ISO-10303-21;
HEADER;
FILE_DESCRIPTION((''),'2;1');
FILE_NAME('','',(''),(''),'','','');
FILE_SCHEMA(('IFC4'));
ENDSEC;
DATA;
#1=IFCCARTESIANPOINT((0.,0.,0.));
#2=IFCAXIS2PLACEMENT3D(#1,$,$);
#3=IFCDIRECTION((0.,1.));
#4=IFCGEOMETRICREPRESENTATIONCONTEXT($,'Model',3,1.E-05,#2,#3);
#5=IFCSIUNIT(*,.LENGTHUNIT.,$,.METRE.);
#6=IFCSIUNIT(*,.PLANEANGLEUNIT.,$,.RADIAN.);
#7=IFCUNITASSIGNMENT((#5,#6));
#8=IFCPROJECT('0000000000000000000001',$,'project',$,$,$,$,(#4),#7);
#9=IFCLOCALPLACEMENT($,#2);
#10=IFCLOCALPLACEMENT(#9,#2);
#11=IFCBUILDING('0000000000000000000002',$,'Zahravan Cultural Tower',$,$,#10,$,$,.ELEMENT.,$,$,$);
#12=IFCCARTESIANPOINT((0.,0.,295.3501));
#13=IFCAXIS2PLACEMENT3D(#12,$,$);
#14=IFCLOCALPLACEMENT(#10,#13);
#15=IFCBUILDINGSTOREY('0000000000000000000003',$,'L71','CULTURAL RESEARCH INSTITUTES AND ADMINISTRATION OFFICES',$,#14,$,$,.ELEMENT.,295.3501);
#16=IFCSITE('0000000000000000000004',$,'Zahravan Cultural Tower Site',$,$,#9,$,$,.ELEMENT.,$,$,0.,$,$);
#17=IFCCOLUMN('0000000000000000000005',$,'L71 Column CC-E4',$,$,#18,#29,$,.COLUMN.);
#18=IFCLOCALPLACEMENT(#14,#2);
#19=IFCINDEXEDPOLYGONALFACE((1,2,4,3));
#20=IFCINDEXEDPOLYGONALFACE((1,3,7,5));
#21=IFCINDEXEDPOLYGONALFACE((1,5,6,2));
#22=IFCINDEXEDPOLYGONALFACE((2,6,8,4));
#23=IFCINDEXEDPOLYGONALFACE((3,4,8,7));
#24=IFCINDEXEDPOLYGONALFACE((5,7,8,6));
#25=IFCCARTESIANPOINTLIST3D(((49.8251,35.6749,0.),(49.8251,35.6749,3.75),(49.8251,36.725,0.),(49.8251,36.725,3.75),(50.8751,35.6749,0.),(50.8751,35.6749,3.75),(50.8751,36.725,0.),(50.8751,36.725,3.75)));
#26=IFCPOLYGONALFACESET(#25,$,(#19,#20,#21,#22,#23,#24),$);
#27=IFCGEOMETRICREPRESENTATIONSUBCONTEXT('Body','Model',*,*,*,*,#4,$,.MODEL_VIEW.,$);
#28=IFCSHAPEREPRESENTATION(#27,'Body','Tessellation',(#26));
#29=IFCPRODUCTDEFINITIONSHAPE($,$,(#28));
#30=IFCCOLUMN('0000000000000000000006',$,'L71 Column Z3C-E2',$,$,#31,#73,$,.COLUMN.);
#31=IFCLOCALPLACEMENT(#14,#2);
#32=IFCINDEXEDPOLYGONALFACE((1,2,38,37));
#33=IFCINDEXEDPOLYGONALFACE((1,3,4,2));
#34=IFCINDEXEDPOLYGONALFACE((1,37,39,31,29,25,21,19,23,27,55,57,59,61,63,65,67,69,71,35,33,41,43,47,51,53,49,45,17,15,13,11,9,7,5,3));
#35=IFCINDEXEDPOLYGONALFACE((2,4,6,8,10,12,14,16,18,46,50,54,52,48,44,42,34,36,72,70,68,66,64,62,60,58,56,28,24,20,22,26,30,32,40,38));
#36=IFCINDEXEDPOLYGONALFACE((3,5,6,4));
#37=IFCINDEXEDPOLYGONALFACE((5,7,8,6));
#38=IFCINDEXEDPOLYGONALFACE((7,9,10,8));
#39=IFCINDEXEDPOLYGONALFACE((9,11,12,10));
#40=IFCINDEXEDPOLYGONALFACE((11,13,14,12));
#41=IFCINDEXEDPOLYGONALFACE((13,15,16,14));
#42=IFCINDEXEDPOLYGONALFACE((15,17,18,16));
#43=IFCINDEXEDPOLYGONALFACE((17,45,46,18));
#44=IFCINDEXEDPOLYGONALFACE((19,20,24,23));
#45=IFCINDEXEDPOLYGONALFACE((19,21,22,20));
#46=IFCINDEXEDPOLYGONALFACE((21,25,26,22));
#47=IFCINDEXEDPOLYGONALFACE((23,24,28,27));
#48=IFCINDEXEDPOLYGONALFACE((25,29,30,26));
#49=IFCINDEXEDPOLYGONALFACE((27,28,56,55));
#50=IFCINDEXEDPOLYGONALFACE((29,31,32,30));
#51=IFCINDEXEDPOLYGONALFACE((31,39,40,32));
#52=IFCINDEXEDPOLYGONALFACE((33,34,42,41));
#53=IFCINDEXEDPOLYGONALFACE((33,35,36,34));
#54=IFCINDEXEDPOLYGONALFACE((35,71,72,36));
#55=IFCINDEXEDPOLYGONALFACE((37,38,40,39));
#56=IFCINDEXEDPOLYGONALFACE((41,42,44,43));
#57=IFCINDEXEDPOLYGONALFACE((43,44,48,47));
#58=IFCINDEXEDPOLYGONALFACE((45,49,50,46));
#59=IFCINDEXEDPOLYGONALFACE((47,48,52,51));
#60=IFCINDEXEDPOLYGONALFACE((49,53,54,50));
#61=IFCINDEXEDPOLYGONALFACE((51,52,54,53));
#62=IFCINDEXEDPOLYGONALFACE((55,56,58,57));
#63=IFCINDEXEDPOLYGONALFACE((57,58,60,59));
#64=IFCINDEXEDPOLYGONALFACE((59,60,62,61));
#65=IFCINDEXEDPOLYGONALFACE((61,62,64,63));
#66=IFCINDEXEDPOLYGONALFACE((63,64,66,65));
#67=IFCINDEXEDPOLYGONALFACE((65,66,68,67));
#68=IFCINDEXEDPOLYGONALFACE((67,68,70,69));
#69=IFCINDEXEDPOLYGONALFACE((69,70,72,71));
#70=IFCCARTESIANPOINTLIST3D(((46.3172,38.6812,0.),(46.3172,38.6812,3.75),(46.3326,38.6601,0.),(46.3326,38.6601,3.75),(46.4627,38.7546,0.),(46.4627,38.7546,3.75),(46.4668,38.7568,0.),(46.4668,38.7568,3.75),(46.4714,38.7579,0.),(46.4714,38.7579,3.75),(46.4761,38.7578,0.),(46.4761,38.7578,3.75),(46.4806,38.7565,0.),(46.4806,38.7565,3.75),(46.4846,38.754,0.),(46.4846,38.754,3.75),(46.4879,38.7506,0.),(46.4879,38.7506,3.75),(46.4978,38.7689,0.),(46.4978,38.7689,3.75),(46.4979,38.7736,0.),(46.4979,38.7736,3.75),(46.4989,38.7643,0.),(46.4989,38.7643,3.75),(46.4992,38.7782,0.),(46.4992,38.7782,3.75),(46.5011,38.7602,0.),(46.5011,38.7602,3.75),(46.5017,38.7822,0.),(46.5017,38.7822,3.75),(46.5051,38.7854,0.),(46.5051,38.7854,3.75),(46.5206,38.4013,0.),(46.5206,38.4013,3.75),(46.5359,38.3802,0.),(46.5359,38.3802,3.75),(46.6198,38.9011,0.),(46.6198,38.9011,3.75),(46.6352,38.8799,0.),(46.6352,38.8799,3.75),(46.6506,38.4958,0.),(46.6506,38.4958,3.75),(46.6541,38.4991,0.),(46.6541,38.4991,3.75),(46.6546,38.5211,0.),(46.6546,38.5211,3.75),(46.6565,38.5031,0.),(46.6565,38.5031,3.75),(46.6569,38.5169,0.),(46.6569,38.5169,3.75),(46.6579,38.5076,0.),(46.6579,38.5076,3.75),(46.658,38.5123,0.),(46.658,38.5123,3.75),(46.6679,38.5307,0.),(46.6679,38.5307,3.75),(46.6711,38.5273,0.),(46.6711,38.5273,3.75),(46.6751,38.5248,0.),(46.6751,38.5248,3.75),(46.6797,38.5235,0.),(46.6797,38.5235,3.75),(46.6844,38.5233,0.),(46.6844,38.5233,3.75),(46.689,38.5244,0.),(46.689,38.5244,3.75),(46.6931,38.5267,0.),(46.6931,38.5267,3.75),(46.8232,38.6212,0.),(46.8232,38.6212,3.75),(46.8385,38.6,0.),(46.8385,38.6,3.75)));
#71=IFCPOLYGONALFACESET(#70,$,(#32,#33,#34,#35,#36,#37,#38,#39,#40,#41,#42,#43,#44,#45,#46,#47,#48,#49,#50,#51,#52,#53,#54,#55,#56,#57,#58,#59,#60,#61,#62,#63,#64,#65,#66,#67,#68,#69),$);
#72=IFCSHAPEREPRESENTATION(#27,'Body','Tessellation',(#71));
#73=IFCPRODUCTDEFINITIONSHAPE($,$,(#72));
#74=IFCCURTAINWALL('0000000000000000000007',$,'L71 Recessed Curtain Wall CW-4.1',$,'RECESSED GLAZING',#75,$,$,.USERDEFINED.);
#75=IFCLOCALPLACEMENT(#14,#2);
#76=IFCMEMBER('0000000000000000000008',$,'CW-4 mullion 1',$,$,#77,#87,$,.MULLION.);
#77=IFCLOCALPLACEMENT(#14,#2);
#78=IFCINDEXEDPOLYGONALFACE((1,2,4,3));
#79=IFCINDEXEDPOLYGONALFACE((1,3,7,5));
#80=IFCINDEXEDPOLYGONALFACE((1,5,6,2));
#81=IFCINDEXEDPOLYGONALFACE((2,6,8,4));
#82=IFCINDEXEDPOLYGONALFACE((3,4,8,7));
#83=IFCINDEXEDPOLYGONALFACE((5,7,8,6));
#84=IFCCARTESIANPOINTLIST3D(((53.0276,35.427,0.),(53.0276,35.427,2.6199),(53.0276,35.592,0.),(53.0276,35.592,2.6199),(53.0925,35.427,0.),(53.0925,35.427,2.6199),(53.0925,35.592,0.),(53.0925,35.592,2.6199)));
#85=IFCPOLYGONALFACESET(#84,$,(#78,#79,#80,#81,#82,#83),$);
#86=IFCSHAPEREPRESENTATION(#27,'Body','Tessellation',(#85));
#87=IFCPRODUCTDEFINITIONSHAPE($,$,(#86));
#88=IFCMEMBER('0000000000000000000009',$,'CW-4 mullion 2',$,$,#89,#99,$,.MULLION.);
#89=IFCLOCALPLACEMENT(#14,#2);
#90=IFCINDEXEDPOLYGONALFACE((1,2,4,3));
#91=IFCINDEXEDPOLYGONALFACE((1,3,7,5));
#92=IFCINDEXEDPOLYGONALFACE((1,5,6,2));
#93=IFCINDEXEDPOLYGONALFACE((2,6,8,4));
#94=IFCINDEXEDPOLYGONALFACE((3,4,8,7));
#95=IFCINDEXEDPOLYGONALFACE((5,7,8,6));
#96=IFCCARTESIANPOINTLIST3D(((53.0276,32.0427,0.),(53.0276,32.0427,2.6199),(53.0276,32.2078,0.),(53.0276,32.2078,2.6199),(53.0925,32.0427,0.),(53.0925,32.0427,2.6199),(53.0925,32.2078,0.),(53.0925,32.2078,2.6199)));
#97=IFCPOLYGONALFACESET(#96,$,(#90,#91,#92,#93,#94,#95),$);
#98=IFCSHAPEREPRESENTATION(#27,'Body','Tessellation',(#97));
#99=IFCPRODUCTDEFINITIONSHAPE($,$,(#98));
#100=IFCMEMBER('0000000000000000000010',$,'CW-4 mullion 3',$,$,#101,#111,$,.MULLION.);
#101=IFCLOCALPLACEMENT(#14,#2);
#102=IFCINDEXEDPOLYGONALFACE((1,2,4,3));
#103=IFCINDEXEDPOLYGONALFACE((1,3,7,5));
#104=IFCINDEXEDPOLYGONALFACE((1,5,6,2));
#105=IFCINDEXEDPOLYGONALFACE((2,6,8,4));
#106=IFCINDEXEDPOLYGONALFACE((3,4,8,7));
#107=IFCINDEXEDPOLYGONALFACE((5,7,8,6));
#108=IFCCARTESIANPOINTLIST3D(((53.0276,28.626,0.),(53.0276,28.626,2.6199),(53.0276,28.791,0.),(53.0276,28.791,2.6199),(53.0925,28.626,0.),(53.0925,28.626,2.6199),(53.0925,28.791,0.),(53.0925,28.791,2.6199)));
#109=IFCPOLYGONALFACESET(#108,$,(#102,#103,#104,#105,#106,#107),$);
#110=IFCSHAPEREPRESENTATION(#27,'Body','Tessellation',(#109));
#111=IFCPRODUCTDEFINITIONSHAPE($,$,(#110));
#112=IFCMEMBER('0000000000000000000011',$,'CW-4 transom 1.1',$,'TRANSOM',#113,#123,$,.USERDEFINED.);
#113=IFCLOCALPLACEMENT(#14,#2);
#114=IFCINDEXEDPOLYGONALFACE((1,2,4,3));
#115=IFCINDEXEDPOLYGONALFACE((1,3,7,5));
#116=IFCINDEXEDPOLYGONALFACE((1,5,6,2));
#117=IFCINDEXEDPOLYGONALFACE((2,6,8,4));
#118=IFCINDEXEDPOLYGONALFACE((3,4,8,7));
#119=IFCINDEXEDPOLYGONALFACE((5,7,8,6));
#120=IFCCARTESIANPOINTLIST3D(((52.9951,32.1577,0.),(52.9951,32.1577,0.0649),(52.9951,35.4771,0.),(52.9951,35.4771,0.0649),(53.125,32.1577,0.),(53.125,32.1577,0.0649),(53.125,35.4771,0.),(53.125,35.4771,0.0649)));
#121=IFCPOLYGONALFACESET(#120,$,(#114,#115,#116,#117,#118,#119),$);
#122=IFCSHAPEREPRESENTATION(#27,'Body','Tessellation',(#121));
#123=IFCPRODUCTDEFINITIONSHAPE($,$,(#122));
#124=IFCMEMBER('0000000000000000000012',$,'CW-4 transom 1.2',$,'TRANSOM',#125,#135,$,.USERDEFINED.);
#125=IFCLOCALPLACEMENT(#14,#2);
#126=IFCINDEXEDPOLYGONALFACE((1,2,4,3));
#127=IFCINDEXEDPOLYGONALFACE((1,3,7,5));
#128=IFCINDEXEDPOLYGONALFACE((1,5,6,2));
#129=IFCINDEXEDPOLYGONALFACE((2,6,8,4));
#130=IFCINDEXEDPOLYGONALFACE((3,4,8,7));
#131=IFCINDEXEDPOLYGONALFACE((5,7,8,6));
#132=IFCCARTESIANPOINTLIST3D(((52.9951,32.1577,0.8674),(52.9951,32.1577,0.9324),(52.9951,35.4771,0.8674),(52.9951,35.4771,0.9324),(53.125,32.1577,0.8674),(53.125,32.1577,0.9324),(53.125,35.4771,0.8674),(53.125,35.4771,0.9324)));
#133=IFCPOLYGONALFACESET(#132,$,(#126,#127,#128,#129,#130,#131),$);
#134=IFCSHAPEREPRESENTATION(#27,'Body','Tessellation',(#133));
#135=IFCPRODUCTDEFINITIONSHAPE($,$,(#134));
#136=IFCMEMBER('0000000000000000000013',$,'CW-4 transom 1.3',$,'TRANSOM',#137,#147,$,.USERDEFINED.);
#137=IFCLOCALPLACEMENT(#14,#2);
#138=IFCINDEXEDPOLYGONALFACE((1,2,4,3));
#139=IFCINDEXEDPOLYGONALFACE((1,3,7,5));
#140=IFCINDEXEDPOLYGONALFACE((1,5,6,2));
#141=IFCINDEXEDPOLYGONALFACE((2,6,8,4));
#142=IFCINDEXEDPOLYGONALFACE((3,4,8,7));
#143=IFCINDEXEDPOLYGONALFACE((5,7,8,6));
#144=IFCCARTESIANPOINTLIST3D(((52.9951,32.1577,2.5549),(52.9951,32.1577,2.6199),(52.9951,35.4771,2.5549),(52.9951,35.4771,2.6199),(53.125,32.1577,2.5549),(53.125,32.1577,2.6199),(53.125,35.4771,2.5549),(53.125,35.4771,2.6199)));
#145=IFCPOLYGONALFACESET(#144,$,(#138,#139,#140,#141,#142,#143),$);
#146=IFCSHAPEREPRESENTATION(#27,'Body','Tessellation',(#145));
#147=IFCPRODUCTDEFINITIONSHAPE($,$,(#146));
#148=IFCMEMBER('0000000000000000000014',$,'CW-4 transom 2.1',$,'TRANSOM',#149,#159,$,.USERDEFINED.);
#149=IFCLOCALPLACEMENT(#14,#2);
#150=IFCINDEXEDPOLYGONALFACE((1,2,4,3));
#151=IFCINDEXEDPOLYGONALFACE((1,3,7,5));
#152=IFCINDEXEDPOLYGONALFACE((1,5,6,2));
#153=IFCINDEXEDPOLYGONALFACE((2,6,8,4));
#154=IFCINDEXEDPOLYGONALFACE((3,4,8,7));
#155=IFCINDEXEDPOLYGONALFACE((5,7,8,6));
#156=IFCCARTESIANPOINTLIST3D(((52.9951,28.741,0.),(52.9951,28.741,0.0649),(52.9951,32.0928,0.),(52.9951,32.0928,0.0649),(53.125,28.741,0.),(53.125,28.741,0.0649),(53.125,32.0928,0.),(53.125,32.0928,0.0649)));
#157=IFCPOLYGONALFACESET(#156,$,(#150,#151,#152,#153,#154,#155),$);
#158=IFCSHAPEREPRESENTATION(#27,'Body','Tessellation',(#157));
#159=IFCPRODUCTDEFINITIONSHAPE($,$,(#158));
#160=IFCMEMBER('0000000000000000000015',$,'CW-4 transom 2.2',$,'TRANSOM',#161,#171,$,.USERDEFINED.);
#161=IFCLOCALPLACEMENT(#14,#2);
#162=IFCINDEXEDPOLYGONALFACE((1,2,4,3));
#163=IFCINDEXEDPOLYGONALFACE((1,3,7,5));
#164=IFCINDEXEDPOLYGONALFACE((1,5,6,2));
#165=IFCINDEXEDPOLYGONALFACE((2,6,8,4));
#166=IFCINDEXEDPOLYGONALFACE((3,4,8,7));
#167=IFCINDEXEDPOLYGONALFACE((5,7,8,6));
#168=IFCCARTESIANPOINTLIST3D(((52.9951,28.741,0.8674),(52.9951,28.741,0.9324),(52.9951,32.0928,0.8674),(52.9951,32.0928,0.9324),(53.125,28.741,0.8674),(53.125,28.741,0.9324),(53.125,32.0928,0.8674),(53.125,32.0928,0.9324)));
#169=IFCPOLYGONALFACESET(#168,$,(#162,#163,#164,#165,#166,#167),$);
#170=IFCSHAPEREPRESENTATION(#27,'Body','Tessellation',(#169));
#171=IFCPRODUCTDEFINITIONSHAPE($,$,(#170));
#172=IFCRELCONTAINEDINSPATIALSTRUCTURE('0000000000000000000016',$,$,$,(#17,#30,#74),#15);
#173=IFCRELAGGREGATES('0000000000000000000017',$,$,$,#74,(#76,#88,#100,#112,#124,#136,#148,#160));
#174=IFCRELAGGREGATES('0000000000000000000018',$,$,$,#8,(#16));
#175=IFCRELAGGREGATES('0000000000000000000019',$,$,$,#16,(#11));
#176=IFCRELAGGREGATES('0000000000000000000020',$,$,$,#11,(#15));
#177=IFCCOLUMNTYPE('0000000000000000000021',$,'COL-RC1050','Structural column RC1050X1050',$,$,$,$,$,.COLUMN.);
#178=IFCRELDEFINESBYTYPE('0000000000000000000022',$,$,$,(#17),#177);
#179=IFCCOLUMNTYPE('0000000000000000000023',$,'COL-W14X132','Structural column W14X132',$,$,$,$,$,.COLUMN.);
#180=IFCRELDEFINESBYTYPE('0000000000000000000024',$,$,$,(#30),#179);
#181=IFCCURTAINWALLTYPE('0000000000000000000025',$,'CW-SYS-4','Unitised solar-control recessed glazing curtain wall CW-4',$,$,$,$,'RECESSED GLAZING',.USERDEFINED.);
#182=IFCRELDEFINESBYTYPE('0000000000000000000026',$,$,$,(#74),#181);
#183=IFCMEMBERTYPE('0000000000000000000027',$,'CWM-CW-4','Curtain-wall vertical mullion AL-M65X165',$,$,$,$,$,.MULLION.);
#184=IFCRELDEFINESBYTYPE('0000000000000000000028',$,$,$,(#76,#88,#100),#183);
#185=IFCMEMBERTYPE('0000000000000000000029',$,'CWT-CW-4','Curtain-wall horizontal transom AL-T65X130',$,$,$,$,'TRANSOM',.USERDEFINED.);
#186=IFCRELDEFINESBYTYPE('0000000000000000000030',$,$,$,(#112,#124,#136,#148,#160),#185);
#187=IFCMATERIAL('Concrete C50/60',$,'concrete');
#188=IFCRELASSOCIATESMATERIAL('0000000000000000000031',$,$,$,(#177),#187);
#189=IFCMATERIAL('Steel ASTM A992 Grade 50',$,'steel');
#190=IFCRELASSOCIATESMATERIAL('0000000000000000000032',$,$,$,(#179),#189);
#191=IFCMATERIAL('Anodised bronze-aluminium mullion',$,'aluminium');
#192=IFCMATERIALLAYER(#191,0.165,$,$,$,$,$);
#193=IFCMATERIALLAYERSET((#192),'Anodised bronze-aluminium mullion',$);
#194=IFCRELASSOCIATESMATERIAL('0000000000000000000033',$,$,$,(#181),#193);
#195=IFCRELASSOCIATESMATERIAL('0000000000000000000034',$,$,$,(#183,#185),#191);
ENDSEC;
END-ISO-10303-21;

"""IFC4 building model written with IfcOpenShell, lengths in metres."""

from ifc_helpers import new_model, si_unit, direction, frame, origin, origin_2d, place, context, subcontext, project, spatial, rectangle, i_section, extrude, source, transform, mapped, material, layer, layer_set, material_profile, profile_set, type_object, element, aggregate, save


model = new_model("IFC4")

# Units and contexts
model_context = context("Model", 3, precision=1e-05, world=origin(), true_north=direction((0.0, 1.0)))
body_context = subcontext(model_context, "Body", "Model", "MODEL_VIEW")
ifc_project = project(units=[si_unit("LENGTHUNIT", "METRE"), si_unit("PLANEANGLEUNIT", "RADIAN")], contexts=[model_context])

# Site, building, storey
site_placement = place(None, origin())
site = spatial("IfcSite", under=ifc_project, at=site_placement, Name="Zahravan Cultural Tower Site", CompositionType="ELEMENT", RefElevation=0.0)
building_placement = place(site_placement, origin())
building = spatial("IfcBuilding", under=site, at=building_placement, Name="Zahravan Cultural Tower", CompositionType="ELEMENT")
storey_placement = place(building_placement, frame((0.0, 0.0, 295.3501)))
storey = spatial("IfcBuildingStorey", under=building, at=storey_placement, Name="L71", Description="CULTURAL RESEARCH INSTITUTES AND ADMINISTRATION OFFICES", CompositionType="ELEMENT", Elevation=295.3501)

# Columns
ifc_material_1 = material(Name="Concrete C50/60", Category="concrete")
ifc_material_profile_1 = material_profile(ifc_material_1, rectangle(XDim=1.05, YDim=1.05, at=origin_2d()), Name="RC1050X1050")
ifc_profile_set_1 = profile_set([ifc_material_profile_1], Name="Concrete C50/60")
column_type_1 = type_object("IfcColumnType", Name="COL-RC1050", Description="Structural column RC1050X1050", PredefinedType="COLUMN", material=ifc_profile_set_1)
shared_shape_1 = source(origin(), body_context, "Body", "SweptSolid", [
    extrude(rectangle(XDim=1.05, YDim=1.05, at=origin_2d()), origin(), (0.0, 0.0, 1.0), 3.75),
])
column_1_placement = place(storey_placement, frame((50.3501, 36.2, 0.0), z_axis=(0.0, 0.0, 1.0), x_axis=(1.0, 0.0, 0.0)))
element("IfcColumn", 1, at=column_1_placement, inside=storey, type_object=column_type_1, Name="L71 Column CC-E4", PredefinedType="COLUMN", context=body_context, shape_type="MappedRepresentation", body=[
    mapped(shared_shape_1, transform((0.0, 0.0, 0.0), x_axis=(1.0, 0.0, 0.0), y_axis=(0.0, 1.0, 0.0), z_axis=(0.0, 0.0, 1.0), scale=1.0)),
])
ifc_material_2 = material(Name="Steel ASTM A992 Grade 50", Category="steel")
ifc_material_profile_2 = material_profile(ifc_material_2, i_section(OverallWidth=0.374, OverallDepth=0.3721, WebThickness=0.0164, FlangeThickness=0.0261, FilletRadius=0.0181, at=origin_2d()), Name="W14X132")
ifc_profile_set_2 = profile_set([ifc_material_profile_2], Name="Steel ASTM A992 Grade 50")
column_type_2 = type_object("IfcColumnType", Name="COL-W14X132", Description="Structural column W14X132", PredefinedType="COLUMN", material=ifc_profile_set_2)
shared_shape_2 = source(origin(), body_context, "Body", "SweptSolid", [
    extrude(i_section(OverallWidth=0.374, OverallDepth=0.3721, WebThickness=0.0164, FlangeThickness=0.0261, FilletRadius=0.0181, at=origin_2d()), origin(), (0.0, 0.0, 1.0), 3.75),
])
column_2_placement = place(storey_placement, frame((46.5779, 38.6406, 0.0), z_axis=(0.0, 0.0, 1.0), x_axis=(0.809017, 0.587785, 0.0)))
element("IfcColumn", 2, at=column_2_placement, inside=storey, type_object=column_type_2, Name="L71 Column Z3C-E2", PredefinedType="COLUMN", context=body_context, shape_type="MappedRepresentation", body=[
    mapped(shared_shape_2, transform((0.0, 0.0, 0.0), x_axis=(1.0, 0.0, 0.0), y_axis=(0.0, 1.0, 0.0), z_axis=(0.0, 0.0, 1.0), scale=1.0)),
])

# Curtain wall, members
ifc_material_3 = material(Name="Anodised bronze-aluminium mullion", Category="aluminium")
ifc_layer_1 = layer(ifc_material_3, 0.165)
ifc_layer_set_1 = layer_set([ifc_layer_1], Name="Anodised bronze-aluminium mullion")
curtain_wall_type = type_object("IfcCurtainWallType", Name="CW-SYS-4", Description="Unitised solar-control recessed glazing curtain wall CW-4", ElementType="RECESSED GLAZING", PredefinedType="USERDEFINED", material=ifc_layer_set_1)
curtain_wall_placement = place(storey_placement, origin())
curtain_wall = element("IfcCurtainWall", 3, at=curtain_wall_placement, inside=storey, type_object=curtain_wall_type, Name="L71 Recessed Curtain Wall CW-4.1", ObjectType="RECESSED GLAZING", PredefinedType="USERDEFINED")
ifc_material_profile_3 = material_profile(ifc_material_3, rectangle(XDim=0.0649, YDim=0.165, at=origin_2d()), Name="AL-M65X165")
ifc_profile_set_3 = profile_set([ifc_material_profile_3], Name="Anodised bronze-aluminium mullion")
member_type_1 = type_object("IfcMemberType", Name="CWM-CW-4", Description="Curtain-wall vertical mullion AL-M65X165", PredefinedType="MULLION", material=ifc_profile_set_3)
shared_shape_3 = source(origin(), body_context, "Body", "SweptSolid", [
    extrude(rectangle(XDim=0.0649, YDim=0.165, at=origin_2d()), origin(), (0.0, 0.0, 1.0), 2.6199),
])
member_1_placement = place(storey_placement, frame((53.0601, 35.5095, 0.0), z_axis=(0.0, 0.0, 1.0), x_axis=(1.0, 0.0, 0.0)))
member_1 = element("IfcMember", 4, at=member_1_placement, type_object=member_type_1, Name="CW-4 mullion 1", PredefinedType="MULLION", context=body_context, shape_type="MappedRepresentation", body=[
    mapped(shared_shape_3, transform((0.0, 0.0, 0.0), x_axis=(1.0, 0.0, 0.0), y_axis=(0.0, 1.0, 0.0), z_axis=(0.0, 0.0, 1.0), scale=1.0)),
])
member_2_placement = place(storey_placement, frame((53.0601, 32.1252, 0.0), z_axis=(0.0, 0.0, 1.0), x_axis=(1.0, 0.0, 0.0)))
member_2 = element("IfcMember", 5, at=member_2_placement, type_object=member_type_1, Name="CW-4 mullion 2", PredefinedType="MULLION", context=body_context, shape_type="MappedRepresentation", body=[
    mapped(shared_shape_3, transform((0.0, 0.0, 0.0), x_axis=(1.0, 0.0, 0.0), y_axis=(0.0, 1.0, 0.0), z_axis=(0.0, 0.0, 1.0), scale=1.0)),
])
member_3_placement = place(storey_placement, frame((53.0601, 28.7085, 0.0), z_axis=(0.0, 0.0, 1.0), x_axis=(1.0, 0.0, 0.0)))
member_3 = element("IfcMember", 6, at=member_3_placement, type_object=member_type_1, Name="CW-4 mullion 3", PredefinedType="MULLION", context=body_context, shape_type="MappedRepresentation", body=[
    mapped(shared_shape_3, transform((0.0, 0.0, 0.0), x_axis=(1.0, 0.0, 0.0), y_axis=(0.0, 1.0, 0.0), z_axis=(0.0, 0.0, 1.0), scale=1.0)),
])
ifc_material_profile_4 = material_profile(ifc_material_3, rectangle(XDim=0.1299, YDim=0.0649, at=origin_2d()), Name="AL-T65X130")
ifc_profile_set_4 = profile_set([ifc_material_profile_4], Name="Anodised bronze-aluminium mullion")
member_type_2 = type_object("IfcMemberType", Name="CWT-CW-4", Description="Curtain-wall horizontal transom AL-T65X130", ElementType="TRANSOM", PredefinedType="USERDEFINED", material=ifc_profile_set_4)
shared_shape_4 = source(origin(), body_context, "Body", "SweptSolid", [
    extrude(rectangle(XDim=0.1299, YDim=0.0649, at=origin_2d()), origin(), (0.0, 0.0, 1.0), 3.3193),
])
member_4_placement = place(storey_placement, frame((53.0601, 35.4771, 0.0325), z_axis=(0.0, -1.0, 0.0), x_axis=(1.0, 0.0, 0.0)))
member_4 = element("IfcMember", 7, at=member_4_placement, type_object=member_type_2, Name="CW-4 transom 1.1", ObjectType="TRANSOM", PredefinedType="USERDEFINED", context=body_context, shape_type="MappedRepresentation", body=[
    mapped(shared_shape_4, transform((0.0, 0.0, 0.0), x_axis=(1.0, 0.0, 0.0), y_axis=(0.0, 1.0, 0.0), z_axis=(0.0, 0.0, 1.0), scale=1.0)),
])
member_5_placement = place(storey_placement, frame((53.0601, 35.4771, 0.8999), z_axis=(0.0, -1.0, 0.0), x_axis=(1.0, 0.0, 0.0)))
member_5 = element("IfcMember", 8, at=member_5_placement, type_object=member_type_2, Name="CW-4 transom 1.2", ObjectType="TRANSOM", PredefinedType="USERDEFINED", context=body_context, shape_type="MappedRepresentation", body=[
    mapped(shared_shape_4, transform((0.0, 0.0, 0.0), x_axis=(1.0, 0.0, 0.0), y_axis=(0.0, 1.0, 0.0), z_axis=(0.0, 0.0, 1.0), scale=1.0)),
])
member_6_placement = place(storey_placement, frame((53.0601, 35.4771, 2.5874), z_axis=(0.0, -1.0, 0.0), x_axis=(1.0, 0.0, 0.0)))
member_6 = element("IfcMember", 9, at=member_6_placement, type_object=member_type_2, Name="CW-4 transom 1.3", ObjectType="TRANSOM", PredefinedType="USERDEFINED", context=body_context, shape_type="MappedRepresentation", body=[
    mapped(shared_shape_4, transform((0.0, 0.0, 0.0), x_axis=(1.0, 0.0, 0.0), y_axis=(0.0, 1.0, 0.0), z_axis=(0.0, 0.0, 1.0), scale=1.0)),
])
shared_shape_5 = source(origin(), body_context, "Body", "SweptSolid", [
    extrude(rectangle(XDim=0.1299, YDim=0.0649, at=origin_2d()), origin(), (0.0, 0.0, 1.0), 3.3518),
])
member_7_placement = place(storey_placement, frame((53.0601, 32.0928, 0.0325), z_axis=(0.0, -1.0, 0.0), x_axis=(1.0, 0.0, 0.0)))
member_7 = element("IfcMember", 10, at=member_7_placement, type_object=member_type_2, Name="CW-4 transom 2.1", ObjectType="TRANSOM", PredefinedType="USERDEFINED", context=body_context, shape_type="MappedRepresentation", body=[
    mapped(shared_shape_5, transform((0.0, 0.0, 0.0), x_axis=(1.0, 0.0, 0.0), y_axis=(0.0, 1.0, 0.0), z_axis=(0.0, 0.0, 1.0), scale=1.0)),
])
member_8_placement = place(storey_placement, frame((53.0601, 32.0928, 0.8999), z_axis=(0.0, -1.0, 0.0), x_axis=(1.0, 0.0, 0.0)))
member_8 = element("IfcMember", 11, at=member_8_placement, type_object=member_type_2, Name="CW-4 transom 2.2", ObjectType="TRANSOM", PredefinedType="USERDEFINED", context=body_context, shape_type="MappedRepresentation", body=[
    mapped(shared_shape_5, transform((0.0, 0.0, 0.0), x_axis=(1.0, 0.0, 0.0), y_axis=(0.0, 1.0, 0.0), z_axis=(0.0, 0.0, 1.0), scale=1.0)),
])
aggregate(curtain_wall, [member_1, member_2, member_3, member_4, member_5, member_6, member_7, member_8])

save(model, "model.ifc")
